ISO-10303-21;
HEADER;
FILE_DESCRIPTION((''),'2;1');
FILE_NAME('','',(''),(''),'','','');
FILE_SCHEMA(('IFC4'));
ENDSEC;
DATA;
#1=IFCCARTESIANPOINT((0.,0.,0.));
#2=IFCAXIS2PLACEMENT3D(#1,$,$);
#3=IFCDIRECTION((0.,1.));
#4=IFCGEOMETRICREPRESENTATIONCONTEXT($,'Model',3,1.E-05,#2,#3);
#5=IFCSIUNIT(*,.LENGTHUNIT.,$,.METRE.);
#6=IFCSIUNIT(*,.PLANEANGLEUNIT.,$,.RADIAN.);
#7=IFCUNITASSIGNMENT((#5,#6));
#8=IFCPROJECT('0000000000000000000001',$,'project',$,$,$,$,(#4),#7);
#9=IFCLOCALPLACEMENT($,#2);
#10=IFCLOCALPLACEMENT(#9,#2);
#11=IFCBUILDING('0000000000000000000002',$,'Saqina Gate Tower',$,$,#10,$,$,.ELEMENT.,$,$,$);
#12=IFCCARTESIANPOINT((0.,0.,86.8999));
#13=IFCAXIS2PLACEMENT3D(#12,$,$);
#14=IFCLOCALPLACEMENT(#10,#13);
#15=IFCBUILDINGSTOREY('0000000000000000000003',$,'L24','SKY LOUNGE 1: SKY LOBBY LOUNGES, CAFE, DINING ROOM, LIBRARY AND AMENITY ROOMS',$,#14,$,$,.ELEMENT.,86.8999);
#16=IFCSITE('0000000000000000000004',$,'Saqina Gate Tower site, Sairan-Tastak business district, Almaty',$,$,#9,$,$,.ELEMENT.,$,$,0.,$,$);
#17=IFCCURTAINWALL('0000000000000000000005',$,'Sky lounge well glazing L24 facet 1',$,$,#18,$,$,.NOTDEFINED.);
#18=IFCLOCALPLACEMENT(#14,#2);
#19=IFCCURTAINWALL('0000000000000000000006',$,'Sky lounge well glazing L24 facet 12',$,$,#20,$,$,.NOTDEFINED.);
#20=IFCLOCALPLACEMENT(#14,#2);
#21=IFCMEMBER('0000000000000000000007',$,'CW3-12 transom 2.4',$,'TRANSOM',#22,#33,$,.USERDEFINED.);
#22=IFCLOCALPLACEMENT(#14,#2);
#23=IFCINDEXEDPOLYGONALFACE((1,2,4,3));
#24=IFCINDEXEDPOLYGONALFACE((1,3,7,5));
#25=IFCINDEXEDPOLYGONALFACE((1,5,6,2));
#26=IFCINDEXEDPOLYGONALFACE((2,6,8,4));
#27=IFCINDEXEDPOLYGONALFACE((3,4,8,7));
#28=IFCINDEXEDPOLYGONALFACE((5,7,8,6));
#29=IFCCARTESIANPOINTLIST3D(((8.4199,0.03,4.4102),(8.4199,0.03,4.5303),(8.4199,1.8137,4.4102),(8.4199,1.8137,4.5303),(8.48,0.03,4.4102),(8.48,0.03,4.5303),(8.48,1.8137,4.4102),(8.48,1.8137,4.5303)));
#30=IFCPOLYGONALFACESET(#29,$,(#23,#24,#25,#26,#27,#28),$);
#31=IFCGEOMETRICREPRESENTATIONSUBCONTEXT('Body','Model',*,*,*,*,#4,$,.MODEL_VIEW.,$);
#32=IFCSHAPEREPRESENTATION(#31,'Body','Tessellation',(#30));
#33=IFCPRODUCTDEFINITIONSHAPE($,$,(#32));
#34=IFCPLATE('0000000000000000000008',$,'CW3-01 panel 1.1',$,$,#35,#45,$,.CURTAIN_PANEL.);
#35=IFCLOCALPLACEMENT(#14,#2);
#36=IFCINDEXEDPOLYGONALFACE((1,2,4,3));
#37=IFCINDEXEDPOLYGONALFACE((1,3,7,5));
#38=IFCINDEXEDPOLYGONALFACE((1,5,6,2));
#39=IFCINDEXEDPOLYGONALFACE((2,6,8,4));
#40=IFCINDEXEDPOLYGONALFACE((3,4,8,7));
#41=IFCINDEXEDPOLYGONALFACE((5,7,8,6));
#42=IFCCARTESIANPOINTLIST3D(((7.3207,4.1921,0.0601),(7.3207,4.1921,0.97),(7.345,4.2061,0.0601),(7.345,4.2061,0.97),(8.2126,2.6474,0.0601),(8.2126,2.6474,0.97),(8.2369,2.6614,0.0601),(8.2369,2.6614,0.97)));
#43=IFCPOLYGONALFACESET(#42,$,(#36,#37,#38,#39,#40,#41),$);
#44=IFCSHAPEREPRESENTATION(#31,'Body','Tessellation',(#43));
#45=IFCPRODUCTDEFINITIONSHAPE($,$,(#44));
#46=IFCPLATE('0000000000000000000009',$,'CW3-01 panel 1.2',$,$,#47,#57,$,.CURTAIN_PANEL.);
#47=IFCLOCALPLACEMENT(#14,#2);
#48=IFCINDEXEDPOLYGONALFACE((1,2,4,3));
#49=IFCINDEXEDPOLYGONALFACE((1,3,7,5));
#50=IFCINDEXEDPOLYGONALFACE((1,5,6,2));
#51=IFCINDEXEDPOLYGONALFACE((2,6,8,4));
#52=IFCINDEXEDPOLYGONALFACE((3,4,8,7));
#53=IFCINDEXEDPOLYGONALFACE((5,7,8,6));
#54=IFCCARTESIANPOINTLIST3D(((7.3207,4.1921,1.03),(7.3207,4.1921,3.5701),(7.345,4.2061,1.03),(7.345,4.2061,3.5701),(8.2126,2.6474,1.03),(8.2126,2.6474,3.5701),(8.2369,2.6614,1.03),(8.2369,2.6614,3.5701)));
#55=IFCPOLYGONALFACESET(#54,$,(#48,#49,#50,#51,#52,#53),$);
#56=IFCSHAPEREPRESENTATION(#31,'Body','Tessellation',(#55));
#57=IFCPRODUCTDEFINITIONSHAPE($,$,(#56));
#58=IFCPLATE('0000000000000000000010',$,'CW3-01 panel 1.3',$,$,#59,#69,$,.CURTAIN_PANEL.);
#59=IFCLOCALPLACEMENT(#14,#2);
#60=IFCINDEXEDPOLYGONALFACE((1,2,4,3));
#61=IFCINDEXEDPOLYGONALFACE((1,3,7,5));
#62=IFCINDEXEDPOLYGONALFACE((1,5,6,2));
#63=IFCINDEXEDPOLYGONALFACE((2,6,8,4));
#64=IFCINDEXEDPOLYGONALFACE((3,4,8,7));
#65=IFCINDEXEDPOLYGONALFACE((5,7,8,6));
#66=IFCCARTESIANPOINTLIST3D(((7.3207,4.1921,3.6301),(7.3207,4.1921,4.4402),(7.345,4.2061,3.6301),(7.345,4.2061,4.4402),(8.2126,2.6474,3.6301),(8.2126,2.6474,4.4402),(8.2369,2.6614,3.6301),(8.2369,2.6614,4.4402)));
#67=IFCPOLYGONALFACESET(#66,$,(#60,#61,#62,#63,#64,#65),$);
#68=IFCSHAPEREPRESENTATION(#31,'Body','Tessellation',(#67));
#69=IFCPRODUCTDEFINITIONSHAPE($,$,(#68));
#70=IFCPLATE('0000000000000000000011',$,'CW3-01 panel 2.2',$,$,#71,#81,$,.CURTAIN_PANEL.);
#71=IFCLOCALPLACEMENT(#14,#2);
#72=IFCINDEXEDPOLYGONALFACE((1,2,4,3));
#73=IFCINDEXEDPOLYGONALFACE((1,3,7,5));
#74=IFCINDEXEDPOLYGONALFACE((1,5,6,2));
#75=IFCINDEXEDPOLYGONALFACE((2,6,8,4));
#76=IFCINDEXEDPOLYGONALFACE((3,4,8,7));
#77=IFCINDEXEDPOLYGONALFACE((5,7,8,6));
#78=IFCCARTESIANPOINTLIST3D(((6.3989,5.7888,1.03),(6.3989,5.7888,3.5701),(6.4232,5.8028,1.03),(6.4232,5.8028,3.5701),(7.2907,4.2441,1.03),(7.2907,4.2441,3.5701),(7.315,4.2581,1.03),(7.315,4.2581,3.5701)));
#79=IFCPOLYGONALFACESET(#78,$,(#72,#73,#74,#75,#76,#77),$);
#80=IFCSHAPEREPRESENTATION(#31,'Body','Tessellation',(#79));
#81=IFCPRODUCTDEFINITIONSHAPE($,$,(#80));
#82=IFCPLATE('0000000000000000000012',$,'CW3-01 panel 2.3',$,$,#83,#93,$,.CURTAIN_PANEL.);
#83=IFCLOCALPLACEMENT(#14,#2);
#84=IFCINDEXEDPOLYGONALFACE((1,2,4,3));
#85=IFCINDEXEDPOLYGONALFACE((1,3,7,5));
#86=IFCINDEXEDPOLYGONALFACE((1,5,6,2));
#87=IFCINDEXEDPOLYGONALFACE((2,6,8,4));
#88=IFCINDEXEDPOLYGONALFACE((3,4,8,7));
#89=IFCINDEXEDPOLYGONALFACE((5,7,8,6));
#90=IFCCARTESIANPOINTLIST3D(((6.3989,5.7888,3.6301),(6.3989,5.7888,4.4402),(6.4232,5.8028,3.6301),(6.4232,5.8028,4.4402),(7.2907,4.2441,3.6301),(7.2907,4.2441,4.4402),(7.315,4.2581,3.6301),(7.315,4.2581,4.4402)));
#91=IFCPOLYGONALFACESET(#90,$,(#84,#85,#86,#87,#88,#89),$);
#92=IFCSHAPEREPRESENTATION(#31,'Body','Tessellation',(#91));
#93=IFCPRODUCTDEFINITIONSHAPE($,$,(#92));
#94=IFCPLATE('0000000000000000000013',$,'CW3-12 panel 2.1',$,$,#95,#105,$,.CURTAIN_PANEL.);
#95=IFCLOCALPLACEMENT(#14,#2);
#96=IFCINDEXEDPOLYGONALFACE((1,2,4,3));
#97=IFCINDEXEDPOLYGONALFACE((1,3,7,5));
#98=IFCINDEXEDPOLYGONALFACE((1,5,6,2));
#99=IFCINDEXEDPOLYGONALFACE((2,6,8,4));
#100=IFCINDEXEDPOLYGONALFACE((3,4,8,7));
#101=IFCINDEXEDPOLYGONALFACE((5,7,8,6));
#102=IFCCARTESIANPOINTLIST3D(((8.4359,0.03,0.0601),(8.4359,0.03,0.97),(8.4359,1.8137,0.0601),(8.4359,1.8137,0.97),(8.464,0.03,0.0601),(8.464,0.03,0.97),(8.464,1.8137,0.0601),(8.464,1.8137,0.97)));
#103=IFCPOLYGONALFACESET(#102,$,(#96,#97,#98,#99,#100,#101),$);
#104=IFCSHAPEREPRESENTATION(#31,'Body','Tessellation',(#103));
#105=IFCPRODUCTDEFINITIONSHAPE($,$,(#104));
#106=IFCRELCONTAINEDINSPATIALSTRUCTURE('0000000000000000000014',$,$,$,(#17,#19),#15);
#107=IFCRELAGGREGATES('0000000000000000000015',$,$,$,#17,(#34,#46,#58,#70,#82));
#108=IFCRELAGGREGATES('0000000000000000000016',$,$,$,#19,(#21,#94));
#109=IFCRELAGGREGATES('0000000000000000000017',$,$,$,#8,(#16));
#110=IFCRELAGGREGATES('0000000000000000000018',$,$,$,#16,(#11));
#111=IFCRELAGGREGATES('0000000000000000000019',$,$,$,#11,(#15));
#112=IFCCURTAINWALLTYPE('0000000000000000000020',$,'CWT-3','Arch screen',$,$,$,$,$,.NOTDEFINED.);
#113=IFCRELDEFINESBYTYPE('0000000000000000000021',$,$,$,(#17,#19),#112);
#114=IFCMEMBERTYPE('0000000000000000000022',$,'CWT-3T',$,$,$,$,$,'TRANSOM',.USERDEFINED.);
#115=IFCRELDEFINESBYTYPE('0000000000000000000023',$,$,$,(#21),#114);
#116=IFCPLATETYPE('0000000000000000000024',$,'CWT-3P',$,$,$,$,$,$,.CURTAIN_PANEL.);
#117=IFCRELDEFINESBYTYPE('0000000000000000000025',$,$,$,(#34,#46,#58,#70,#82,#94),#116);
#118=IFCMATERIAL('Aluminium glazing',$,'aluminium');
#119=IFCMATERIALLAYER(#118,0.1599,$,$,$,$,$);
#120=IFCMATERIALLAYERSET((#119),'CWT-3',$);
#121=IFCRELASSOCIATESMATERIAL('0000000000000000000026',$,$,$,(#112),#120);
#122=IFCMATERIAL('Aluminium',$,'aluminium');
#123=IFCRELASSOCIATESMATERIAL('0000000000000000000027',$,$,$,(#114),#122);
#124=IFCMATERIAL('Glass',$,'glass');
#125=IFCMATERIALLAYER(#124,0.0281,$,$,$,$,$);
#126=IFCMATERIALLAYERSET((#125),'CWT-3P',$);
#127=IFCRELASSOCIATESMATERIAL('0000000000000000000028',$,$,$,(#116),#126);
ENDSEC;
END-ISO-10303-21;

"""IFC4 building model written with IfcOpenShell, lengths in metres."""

from ifc_helpers import new_model, si_unit, direction, frame, origin, origin_2d, place, context, subcontext, project, spatial, rectangle, extrude, material, layer, layer_set, material_profile, profile_set, type_object, element, aggregate, save


model = new_model("IFC4")

# Units and contexts
model_context = context("Model", 3, precision=1e-05, world=origin(), true_north=direction((0.0, 1.0)))
body_context = subcontext(model_context, "Body", "Model", "MODEL_VIEW")
ifc_project = project(units=[si_unit("LENGTHUNIT", "METRE"), si_unit("PLANEANGLEUNIT", "RADIAN")], contexts=[model_context])

# Site, building, storey
site_placement = place(None, origin())
site = spatial("IfcSite", under=ifc_project, at=site_placement, Name="Saqina Gate Tower site, Sairan-Tastak business district, Almaty", CompositionType="ELEMENT", RefElevation=0.0)
building_placement = place(site_placement, origin())
building = spatial("IfcBuilding", under=site, at=building_placement, Name="Saqina Gate Tower", CompositionType="ELEMENT")
storey_placement = place(building_placement, frame((0.0, 0.0, 86.8999)))
storey = spatial("IfcBuildingStorey", under=building, at=storey_placement, Name="L24", Description="SKY LOUNGE 1: SKY LOBBY LOUNGES, CAFE, DINING ROOM, LIBRARY AND AMENITY ROOMS", CompositionType="ELEMENT", Elevation=86.8999)

# Curtain wall
ifc_material_1 = material(Name="Aluminium glazing", Category="aluminium")
ifc_layer_1 = layer(ifc_material_1, 0.1599)
ifc_layer_set_1 = layer_set([ifc_layer_1], Name="CWT-3")
curtain_wall_type = type_object("IfcCurtainWallType", Name="CWT-3", Description="Arch screen", PredefinedType="NOTDEFINED", material=ifc_layer_set_1)
curtain_wall_1_placement = place(storey_placement, origin())
curtain_wall_1 = element("IfcCurtainWall", 1, at=curtain_wall_1_placement, inside=storey, type_object=curtain_wall_type, Name="Sky lounge well glazing L24 facet 1", PredefinedType="NOTDEFINED")

# Curtain wall
curtain_wall_2_placement = place(storey_placement, origin())
curtain_wall_2 = element("IfcCurtainWall", 2, at=curtain_wall_2_placement, inside=storey, type_object=curtain_wall_type, Name="Sky lounge well glazing L24 facet 12", PredefinedType="NOTDEFINED")

# Member
ifc_material_2 = material(Name="Aluminium", Category="aluminium")
ifc_material_profile_1 = material_profile(ifc_material_2, rectangle(XDim=0.0601, YDim=0.1201, at=origin_2d()), Name="Aluminium 60x120")
ifc_profile_set_1 = profile_set([ifc_material_profile_1], Name="Aluminium")
member_type_1 = type_object("IfcMemberType", Name="CWT-3T", ElementType="TRANSOM", PredefinedType="USERDEFINED", material=ifc_profile_set_1)
member_1_placement = place(storey_placement, frame((8.45, 0.03, 4.4702), z_axis=(0.0, 1.0, 0.0), x_axis=(-1.0, 0.0, 0.0)))
member_1 = element("IfcMember", 3, at=member_1_placement, type_object=member_type_1, Name="CW3-12 transom 2.4", ObjectType="TRANSOM", PredefinedType="USERDEFINED", context=body_context, shape_type="SweptSolid", body=[
    extrude(rectangle(XDim=0.0601, YDim=0.1201, at=origin_2d()), origin(), (0.0, 0.0, 1.0), 1.7837),
])

# Plates
ifc_material_3 = material(Name="Glass", Category="glass")
ifc_layer_2 = layer(ifc_material_3, 0.0281)
ifc_layer_set_2 = layer_set([ifc_layer_2], Name="CWT-3P")
plate_type = type_object("IfcPlateType", Name="CWT-3P", PredefinedType="CURTAIN_PANEL", material=ifc_layer_set_2)
plate_1_placement = place(storey_placement, frame((7.7788, 3.4268, 0.0601), z_axis=(0.0, 0.0, 1.0), x_axis=(-0.499993, 0.866029, 0.0)))
plate_1 = element("IfcPlate", 4, at=plate_1_placement, type_object=plate_type, Name="CW3-01 panel 1.1", PredefinedType="CURTAIN_PANEL", context=body_context, shape_type="SweptSolid", body=[
    extrude(rectangle(XDim=1.7837, YDim=0.0281, at=origin_2d()), origin(), (0.0, 0.0, 1.0), 0.9099),
])
plate_2_placement = place(storey_placement, frame((7.7788, 3.4268, 1.03), z_axis=(0.0, 0.0, 1.0), x_axis=(-0.499993, 0.866029, 0.0)))
plate_2 = element("IfcPlate", 5, at=plate_2_placement, type_object=plate_type, Name="CW3-01 panel 1.2", PredefinedType="CURTAIN_PANEL", context=body_context, shape_type="SweptSolid", body=[
    extrude(rectangle(XDim=1.7837, YDim=0.0281, at=origin_2d()), origin(), (0.0, 0.0, 1.0), 2.54),
])
plate_3_placement = place(storey_placement, frame((7.7788, 3.4268, 3.6301), z_axis=(0.0, 0.0, 1.0), x_axis=(-0.499993, 0.866029, 0.0)))
plate_3 = element("IfcPlate", 6, at=plate_3_placement, type_object=plate_type, Name="CW3-01 panel 1.3", PredefinedType="CURTAIN_PANEL", context=body_context, shape_type="SweptSolid", body=[
    extrude(rectangle(XDim=1.7837, YDim=0.0281, at=origin_2d()), origin(), (0.0, 0.0, 1.0), 0.8101),
])
plate_4_placement = place(storey_placement, frame((6.8569, 5.0234, 1.03), z_axis=(0.0, 0.0, 1.0), x_axis=(-0.499993, 0.866029, 0.0)))
plate_4 = element("IfcPlate", 7, at=plate_4_placement, type_object=plate_type, Name="CW3-01 panel 2.2", PredefinedType="CURTAIN_PANEL", context=body_context, shape_type="SweptSolid", body=[
    extrude(rectangle(XDim=1.7837, YDim=0.0281, at=origin_2d()), origin(), (0.0, 0.0, 1.0), 2.54),
])
plate_5_placement = place(storey_placement, frame((6.8569, 5.0234, 3.6301), z_axis=(0.0, 0.0, 1.0), x_axis=(-0.499993, 0.866029, 0.0)))
plate_5 = element("IfcPlate", 8, at=plate_5_placement, type_object=plate_type, Name="CW3-01 panel 2.3", PredefinedType="CURTAIN_PANEL", context=body_context, shape_type="SweptSolid", body=[
    extrude(rectangle(XDim=1.7837, YDim=0.0281, at=origin_2d()), origin(), (0.0, 0.0, 1.0), 0.8101),
])
aggregate(curtain_wall_1, [plate_1, plate_2, plate_3, plate_4, plate_5])
plate_6_placement = place(storey_placement, frame((8.45, 0.9219, 0.0601), z_axis=(0.0, 0.0, 1.0), x_axis=(0.0, 1.0, 0.0)))
plate_6 = element("IfcPlate", 9, at=plate_6_placement, type_object=plate_type, Name="CW3-12 panel 2.1", PredefinedType="CURTAIN_PANEL", context=body_context, shape_type="SweptSolid", body=[
    extrude(rectangle(XDim=1.7837, YDim=0.0281, at=origin_2d()), origin(), (0.0, 0.0, 1.0), 0.9099),
])
aggregate(curtain_wall_2, [member_1, plate_6])

save(model, "model.ifc")
